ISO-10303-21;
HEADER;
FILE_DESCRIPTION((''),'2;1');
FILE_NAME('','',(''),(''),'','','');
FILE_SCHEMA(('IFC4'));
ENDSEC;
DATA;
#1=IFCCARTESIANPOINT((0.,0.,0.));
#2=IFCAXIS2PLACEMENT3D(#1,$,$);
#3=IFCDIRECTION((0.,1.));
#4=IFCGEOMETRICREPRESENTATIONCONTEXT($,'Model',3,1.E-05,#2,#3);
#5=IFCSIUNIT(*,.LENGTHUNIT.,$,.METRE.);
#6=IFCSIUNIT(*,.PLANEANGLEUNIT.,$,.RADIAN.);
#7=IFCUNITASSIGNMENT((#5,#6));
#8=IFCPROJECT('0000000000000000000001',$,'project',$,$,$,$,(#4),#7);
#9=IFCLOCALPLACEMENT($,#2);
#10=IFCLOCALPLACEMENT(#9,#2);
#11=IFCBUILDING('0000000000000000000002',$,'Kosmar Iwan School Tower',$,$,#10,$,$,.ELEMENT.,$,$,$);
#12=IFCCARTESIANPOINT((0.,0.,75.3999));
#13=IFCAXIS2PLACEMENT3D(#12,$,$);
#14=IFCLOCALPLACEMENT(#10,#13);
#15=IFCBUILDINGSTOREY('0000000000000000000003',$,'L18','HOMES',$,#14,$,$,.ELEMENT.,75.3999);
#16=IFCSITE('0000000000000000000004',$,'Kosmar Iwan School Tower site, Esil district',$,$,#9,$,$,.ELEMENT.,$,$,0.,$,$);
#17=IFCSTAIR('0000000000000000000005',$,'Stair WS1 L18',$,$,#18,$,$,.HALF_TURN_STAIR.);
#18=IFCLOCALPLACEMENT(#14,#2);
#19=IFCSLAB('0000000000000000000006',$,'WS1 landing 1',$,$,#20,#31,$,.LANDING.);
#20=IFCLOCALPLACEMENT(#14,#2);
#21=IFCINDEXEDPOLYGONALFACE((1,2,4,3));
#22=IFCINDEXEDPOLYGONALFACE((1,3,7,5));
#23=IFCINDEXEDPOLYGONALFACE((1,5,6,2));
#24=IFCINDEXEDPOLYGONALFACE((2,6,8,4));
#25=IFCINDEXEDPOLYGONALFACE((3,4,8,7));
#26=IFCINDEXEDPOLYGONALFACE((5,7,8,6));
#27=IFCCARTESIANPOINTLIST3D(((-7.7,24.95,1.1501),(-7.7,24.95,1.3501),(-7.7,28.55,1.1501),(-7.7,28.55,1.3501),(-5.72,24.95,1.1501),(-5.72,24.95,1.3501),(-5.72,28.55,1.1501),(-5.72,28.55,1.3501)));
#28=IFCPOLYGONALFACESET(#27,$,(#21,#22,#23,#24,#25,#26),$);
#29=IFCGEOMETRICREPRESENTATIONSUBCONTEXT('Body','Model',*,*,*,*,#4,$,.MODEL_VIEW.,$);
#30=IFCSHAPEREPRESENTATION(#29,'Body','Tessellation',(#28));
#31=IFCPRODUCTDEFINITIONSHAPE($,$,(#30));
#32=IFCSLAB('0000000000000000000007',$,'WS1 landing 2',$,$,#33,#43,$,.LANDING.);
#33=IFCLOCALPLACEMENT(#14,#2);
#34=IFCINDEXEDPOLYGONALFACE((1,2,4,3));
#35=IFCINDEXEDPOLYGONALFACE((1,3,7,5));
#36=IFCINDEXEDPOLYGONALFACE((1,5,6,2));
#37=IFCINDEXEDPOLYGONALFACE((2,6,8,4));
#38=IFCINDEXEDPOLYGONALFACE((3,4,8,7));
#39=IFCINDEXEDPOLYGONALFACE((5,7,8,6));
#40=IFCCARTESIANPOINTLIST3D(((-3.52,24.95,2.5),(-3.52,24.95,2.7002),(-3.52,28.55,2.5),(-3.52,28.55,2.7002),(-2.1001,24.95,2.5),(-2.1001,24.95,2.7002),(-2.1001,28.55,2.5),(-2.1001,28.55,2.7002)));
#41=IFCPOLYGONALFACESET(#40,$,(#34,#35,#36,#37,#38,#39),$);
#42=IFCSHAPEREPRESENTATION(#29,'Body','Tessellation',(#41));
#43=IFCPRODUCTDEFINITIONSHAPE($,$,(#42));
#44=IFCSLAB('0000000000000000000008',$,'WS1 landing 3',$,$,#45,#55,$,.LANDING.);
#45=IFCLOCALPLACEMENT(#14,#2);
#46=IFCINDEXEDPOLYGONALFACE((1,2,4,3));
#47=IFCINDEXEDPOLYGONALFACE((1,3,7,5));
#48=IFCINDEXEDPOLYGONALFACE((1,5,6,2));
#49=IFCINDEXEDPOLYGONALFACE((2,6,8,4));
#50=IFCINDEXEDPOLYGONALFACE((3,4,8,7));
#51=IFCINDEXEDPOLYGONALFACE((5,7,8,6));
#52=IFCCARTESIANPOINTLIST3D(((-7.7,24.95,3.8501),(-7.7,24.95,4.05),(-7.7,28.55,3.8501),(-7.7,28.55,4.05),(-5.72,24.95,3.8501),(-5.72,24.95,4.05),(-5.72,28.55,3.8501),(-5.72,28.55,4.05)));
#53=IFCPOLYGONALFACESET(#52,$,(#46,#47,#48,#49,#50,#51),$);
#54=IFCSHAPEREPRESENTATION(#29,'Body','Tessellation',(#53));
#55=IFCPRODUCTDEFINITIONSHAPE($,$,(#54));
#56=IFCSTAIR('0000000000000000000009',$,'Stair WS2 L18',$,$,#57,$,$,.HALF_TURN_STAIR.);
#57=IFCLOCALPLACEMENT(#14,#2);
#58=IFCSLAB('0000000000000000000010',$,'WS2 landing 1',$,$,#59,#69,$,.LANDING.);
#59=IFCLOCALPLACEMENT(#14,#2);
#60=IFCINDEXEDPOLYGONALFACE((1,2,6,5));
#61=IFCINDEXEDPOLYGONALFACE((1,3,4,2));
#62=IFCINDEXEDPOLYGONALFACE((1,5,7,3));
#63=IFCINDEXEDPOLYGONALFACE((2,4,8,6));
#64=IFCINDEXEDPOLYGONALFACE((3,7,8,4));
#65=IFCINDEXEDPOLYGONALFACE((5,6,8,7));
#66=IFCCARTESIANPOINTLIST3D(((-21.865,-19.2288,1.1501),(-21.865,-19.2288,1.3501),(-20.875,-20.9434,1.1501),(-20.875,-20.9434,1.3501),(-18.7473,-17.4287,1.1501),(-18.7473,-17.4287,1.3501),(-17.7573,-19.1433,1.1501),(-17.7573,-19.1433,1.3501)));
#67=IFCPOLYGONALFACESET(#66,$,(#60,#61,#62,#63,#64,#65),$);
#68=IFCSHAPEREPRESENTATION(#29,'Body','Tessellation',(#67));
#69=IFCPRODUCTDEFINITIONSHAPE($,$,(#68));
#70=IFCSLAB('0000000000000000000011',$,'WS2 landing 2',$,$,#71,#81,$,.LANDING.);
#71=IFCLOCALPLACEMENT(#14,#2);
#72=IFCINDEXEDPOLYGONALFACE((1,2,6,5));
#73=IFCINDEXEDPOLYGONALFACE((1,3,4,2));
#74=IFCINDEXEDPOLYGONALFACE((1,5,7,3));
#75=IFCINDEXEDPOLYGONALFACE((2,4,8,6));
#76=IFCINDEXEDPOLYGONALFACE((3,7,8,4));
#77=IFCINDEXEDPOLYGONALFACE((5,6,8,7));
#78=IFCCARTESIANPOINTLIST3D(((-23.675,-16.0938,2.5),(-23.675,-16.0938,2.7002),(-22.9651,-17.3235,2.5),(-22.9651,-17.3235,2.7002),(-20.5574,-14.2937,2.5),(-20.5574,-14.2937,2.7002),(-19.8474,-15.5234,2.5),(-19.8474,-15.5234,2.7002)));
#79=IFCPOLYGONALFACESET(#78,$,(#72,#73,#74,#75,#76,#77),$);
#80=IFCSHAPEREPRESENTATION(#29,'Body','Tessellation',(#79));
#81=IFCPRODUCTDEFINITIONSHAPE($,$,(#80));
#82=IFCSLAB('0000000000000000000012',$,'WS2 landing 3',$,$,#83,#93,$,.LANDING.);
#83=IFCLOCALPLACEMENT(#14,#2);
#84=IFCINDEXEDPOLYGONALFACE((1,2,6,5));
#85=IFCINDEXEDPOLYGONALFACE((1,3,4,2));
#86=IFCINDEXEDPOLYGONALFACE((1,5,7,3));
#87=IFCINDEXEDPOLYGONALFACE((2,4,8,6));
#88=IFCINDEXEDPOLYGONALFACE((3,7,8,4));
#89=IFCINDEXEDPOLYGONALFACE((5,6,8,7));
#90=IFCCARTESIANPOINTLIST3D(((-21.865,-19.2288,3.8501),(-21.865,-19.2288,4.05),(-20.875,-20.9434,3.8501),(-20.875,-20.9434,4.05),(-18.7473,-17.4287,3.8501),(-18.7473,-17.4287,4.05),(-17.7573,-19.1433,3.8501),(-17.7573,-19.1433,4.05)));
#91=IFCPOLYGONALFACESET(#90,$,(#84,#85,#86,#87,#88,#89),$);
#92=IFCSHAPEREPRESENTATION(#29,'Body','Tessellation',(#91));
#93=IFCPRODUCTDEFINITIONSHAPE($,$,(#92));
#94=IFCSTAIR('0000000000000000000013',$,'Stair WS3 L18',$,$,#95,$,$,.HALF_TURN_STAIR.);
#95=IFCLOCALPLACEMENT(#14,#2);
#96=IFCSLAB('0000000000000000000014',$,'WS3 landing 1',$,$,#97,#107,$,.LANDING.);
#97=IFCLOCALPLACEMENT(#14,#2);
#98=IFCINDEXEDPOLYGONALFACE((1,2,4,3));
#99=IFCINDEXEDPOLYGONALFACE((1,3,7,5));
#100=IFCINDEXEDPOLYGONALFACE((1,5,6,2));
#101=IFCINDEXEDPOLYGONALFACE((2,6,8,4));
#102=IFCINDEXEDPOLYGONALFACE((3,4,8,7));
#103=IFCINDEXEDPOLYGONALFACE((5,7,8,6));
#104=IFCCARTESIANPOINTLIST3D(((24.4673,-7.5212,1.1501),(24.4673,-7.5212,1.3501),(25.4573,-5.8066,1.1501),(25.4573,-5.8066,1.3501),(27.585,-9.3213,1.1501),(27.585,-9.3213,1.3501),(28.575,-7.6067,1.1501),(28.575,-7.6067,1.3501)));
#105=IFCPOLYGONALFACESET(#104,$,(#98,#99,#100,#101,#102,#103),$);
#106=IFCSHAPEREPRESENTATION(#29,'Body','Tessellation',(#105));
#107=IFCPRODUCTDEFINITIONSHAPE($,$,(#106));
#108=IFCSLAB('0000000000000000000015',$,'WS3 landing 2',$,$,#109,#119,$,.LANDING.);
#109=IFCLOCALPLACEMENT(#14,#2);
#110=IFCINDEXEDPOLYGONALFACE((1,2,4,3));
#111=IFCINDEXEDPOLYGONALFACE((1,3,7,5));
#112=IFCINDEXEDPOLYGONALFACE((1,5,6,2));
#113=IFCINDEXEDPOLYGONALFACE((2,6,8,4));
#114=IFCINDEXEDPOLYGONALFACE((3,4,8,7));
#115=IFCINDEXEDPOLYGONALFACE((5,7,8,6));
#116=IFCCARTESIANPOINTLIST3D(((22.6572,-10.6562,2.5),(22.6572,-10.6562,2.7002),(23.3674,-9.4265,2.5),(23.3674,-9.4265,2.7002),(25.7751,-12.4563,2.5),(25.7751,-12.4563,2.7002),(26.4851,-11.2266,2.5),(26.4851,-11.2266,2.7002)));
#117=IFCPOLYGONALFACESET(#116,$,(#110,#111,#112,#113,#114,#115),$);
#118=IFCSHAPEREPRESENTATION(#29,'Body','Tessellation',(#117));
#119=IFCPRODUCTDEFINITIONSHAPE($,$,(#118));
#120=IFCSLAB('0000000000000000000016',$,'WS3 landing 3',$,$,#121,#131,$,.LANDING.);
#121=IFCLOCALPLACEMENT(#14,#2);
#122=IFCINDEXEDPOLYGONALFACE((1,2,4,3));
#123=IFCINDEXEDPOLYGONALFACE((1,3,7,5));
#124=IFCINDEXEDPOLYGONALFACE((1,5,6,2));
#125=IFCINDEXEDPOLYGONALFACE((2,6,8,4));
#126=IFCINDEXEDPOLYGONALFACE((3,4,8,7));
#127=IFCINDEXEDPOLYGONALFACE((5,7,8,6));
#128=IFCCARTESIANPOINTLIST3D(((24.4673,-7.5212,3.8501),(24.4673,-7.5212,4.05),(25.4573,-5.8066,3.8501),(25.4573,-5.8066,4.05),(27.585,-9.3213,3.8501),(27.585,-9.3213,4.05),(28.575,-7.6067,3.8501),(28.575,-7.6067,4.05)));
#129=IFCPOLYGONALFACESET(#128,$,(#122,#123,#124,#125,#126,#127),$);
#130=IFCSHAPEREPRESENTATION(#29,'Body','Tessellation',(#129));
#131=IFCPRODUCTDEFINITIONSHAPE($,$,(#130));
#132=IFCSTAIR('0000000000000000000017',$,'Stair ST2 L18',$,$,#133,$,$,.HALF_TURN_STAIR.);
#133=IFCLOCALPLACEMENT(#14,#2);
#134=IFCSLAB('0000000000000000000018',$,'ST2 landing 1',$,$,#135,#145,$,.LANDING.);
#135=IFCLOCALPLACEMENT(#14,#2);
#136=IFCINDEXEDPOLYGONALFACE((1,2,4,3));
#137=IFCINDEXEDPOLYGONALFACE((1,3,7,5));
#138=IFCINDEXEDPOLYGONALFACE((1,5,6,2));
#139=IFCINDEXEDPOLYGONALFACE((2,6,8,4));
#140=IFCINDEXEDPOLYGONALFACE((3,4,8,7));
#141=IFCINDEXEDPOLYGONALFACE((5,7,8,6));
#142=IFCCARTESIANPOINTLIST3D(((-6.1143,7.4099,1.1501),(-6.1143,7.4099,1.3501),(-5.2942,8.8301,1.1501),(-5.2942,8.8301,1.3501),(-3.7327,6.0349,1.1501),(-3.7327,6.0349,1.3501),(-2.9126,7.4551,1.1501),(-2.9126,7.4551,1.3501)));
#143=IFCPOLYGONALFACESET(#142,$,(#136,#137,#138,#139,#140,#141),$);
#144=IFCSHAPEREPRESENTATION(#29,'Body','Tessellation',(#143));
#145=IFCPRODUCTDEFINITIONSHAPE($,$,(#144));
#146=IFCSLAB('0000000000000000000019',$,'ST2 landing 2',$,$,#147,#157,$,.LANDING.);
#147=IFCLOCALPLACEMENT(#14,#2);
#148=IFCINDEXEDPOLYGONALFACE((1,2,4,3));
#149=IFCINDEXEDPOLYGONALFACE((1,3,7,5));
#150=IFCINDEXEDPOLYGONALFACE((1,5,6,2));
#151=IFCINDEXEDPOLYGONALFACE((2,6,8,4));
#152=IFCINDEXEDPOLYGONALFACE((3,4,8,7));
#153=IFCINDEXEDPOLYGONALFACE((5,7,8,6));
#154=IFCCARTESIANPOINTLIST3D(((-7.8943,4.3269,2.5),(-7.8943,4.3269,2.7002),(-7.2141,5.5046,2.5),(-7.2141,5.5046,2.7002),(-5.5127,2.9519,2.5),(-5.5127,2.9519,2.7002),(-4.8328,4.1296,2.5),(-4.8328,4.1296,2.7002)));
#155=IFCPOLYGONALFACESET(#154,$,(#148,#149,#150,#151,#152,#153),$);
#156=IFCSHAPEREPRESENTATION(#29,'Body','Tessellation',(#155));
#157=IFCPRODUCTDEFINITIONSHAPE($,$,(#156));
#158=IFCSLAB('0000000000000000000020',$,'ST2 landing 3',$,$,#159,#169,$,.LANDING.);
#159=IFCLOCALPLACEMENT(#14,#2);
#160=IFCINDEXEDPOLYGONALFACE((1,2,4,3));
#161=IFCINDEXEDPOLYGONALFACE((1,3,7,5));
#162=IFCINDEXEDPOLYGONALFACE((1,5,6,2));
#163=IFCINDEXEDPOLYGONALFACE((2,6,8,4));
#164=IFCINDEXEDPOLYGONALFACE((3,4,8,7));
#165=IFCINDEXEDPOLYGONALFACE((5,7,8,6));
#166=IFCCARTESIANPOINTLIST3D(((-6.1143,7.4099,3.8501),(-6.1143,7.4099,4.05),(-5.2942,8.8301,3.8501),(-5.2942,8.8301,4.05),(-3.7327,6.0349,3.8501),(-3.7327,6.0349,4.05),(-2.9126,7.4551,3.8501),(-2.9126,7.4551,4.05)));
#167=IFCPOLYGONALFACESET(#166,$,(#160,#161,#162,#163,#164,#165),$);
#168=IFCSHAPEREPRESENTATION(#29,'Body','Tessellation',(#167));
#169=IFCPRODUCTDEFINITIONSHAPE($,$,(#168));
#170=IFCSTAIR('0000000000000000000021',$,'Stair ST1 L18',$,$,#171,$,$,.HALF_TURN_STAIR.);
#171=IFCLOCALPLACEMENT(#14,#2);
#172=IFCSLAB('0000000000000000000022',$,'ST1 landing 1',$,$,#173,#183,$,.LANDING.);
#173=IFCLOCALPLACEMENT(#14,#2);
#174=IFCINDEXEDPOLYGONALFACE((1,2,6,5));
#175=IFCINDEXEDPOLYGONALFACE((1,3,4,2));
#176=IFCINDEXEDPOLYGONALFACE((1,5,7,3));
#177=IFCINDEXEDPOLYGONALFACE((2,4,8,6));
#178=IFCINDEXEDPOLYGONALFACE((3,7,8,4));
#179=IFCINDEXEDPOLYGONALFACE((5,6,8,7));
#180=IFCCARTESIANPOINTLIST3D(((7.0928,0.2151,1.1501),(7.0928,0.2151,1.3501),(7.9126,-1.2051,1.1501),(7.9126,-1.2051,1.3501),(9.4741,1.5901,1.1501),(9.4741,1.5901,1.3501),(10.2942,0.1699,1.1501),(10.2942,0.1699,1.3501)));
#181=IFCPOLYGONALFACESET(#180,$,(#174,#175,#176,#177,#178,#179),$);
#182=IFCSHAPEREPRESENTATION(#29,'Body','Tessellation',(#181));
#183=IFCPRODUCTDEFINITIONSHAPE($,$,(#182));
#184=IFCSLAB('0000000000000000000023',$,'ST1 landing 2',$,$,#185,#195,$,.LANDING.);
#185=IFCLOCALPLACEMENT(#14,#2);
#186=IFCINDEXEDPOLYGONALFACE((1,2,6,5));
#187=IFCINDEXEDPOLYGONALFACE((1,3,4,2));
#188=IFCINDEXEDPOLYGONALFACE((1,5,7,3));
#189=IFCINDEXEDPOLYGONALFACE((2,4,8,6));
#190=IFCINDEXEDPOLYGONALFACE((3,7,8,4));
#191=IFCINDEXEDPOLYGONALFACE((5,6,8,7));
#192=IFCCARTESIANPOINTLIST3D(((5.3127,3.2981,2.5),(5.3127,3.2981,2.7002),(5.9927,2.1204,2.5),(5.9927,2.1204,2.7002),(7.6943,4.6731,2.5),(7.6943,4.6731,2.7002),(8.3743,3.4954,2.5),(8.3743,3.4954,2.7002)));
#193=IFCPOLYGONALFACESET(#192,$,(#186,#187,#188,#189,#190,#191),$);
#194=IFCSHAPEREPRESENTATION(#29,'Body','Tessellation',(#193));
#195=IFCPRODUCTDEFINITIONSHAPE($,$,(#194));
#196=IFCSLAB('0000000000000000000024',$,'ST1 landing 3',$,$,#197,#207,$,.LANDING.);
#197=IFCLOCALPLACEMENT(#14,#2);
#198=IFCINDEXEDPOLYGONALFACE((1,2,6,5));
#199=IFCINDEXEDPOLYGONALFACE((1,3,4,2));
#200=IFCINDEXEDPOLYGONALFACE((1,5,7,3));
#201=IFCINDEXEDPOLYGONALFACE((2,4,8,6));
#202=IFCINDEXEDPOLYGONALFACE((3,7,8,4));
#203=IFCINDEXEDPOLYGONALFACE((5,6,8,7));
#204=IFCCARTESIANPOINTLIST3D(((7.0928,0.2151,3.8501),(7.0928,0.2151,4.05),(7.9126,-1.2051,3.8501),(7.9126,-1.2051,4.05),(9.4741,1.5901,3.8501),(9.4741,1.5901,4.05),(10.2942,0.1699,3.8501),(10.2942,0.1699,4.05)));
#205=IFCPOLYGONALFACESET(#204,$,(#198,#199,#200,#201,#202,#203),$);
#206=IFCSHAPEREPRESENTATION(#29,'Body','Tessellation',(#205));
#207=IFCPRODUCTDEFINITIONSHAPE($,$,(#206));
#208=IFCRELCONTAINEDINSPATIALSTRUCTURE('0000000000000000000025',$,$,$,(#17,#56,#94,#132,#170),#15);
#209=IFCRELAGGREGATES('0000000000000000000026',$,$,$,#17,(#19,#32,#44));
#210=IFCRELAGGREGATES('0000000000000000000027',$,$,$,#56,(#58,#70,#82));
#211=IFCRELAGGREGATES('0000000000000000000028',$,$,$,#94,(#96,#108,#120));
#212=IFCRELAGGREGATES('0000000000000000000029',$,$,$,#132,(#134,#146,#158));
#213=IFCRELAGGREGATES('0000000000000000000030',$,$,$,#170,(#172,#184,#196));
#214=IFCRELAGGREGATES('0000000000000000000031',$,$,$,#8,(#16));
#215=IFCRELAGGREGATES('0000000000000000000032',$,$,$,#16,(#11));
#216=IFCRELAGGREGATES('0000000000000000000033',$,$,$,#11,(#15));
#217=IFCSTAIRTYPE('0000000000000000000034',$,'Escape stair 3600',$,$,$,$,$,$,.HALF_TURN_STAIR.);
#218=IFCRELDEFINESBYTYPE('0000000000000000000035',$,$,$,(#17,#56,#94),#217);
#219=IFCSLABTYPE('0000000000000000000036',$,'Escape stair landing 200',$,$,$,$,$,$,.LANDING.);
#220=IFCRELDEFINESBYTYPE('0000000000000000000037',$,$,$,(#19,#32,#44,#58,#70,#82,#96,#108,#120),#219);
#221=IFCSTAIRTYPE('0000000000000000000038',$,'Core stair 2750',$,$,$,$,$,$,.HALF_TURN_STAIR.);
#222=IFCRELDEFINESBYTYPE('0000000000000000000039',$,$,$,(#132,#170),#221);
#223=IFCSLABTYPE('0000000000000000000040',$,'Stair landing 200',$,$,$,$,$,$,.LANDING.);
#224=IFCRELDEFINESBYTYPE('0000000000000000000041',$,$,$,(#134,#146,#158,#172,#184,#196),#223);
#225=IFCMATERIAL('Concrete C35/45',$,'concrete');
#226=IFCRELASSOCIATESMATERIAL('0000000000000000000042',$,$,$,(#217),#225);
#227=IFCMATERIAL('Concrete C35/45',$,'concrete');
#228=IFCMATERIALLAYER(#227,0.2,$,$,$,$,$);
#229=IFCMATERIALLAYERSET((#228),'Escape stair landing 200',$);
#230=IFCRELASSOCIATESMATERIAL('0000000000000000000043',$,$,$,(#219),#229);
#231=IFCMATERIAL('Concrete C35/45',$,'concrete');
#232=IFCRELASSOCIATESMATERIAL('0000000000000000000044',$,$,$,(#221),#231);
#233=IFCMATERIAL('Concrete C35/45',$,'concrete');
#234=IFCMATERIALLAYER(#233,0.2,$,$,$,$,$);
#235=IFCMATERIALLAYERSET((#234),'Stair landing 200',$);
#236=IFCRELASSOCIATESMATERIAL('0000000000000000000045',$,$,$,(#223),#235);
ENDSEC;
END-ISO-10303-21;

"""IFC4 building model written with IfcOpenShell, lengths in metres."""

from ifc_helpers import new_model, si_unit, direction, frame, origin, place, context, subcontext, project, spatial, polyline, outline, extrude, material, layer, layer_set, type_object, element, aggregate, save


model = new_model("IFC4")

# Units and contexts
model_context = context("Model", 3, precision=1e-05, world=origin(), true_north=direction((0.0, 1.0)))
body_context = subcontext(model_context, "Body", "Model", "MODEL_VIEW")
ifc_project = project(units=[si_unit("LENGTHUNIT", "METRE"), si_unit("PLANEANGLEUNIT", "RADIAN")], contexts=[model_context])

# Site, building, storey
site_placement = place(None, origin())
site = spatial("IfcSite", under=ifc_project, at=site_placement, Name="Kosmar Iwan School Tower site, Esil district", CompositionType="ELEMENT", RefElevation=0.0)
building_placement = place(site_placement, origin())
building = spatial("IfcBuilding", under=site, at=building_placement, Name="Kosmar Iwan School Tower", CompositionType="ELEMENT")
storey_placement = place(building_placement, frame((0.0, 0.0, 75.3999)))
storey = spatial("IfcBuildingStorey", under=building, at=storey_placement, Name="L18", Description="HOMES", CompositionType="ELEMENT", Elevation=75.3999)

# Stairs, slabs
ifc_material_1 = material(Name="Concrete C35/45", Category="concrete")
stair_type_1 = type_object("IfcStairType", Name="Escape stair 3600", PredefinedType="HALF_TURN_STAIR", material=ifc_material_1)
stair_1_placement = place(storey_placement, origin())
stair_1 = element("IfcStair", 1, at=stair_1_placement, inside=storey, type_object=stair_type_1, Name="Stair WS1 L18", PredefinedType="HALF_TURN_STAIR")
ifc_material_2 = material(Name="Concrete C35/45", Category="concrete")
ifc_layer_1 = layer(ifc_material_2, 0.2)
ifc_layer_set_1 = layer_set([ifc_layer_1], Name="Escape stair landing 200")
slab_type_1 = type_object("IfcSlabType", Name="Escape stair landing 200", PredefinedType="LANDING", material=ifc_layer_set_1)
slab_1_placement = place(storey_placement, frame((0.0, 0.0, 1.1501)))
slab_1 = element("IfcSlab", 2, at=slab_1_placement, type_object=slab_type_1, Name="WS1 landing 1", PredefinedType="LANDING", context=body_context, shape_type="SweptSolid", body=[
    extrude(outline(polyline([(-5.72, 24.95), (-5.72, 28.55), (-7.7, 28.55), (-7.7, 24.95), (-5.72, 24.95)])), origin(), (0.0, 0.0, 1.0), 0.2),
])
slab_2_placement = place(storey_placement, frame((0.0, 0.0, 2.5)))
slab_2 = element("IfcSlab", 3, at=slab_2_placement, type_object=slab_type_1, Name="WS1 landing 2", PredefinedType="LANDING", context=body_context, shape_type="SweptSolid", body=[
    extrude(outline(polyline([(-2.1001, 24.95), (-2.1001, 28.55), (-3.52, 28.55), (-3.52, 24.95), (-2.1001, 24.95)])), origin(), (0.0, 0.0, 1.0), 0.2002),
])
slab_3_placement = place(storey_placement, frame((0.0, 0.0, 3.8501)))
slab_3 = element("IfcSlab", 4, at=slab_3_placement, type_object=slab_type_1, Name="WS1 landing 3", PredefinedType="LANDING", context=body_context, shape_type="SweptSolid", body=[
    extrude(outline(polyline([(-5.72, 24.95), (-5.72, 28.55), (-7.7, 28.55), (-7.7, 24.95), (-5.72, 24.95)])), origin(), (0.0, 0.0, 1.0), 0.2),
])
aggregate(stair_1, [slab_1, slab_2, slab_3])
stair_2_placement = place(storey_placement, origin())
stair_2 = element("IfcStair", 5, at=stair_2_placement, inside=storey, type_object=stair_type_1, Name="Stair WS2 L18", PredefinedType="HALF_TURN_STAIR")
slab_4_placement = place(storey_placement, frame((0.0, 0.0, 1.1501)))
slab_4 = element("IfcSlab", 6, at=slab_4_placement, type_object=slab_type_1, Name="WS2 landing 1", PredefinedType="LANDING", context=body_context, shape_type="SweptSolid", body=[
    extrude(outline(polyline([(-18.7473, -17.4287), (-21.865, -19.2288), (-20.875, -20.9434), (-17.7573, -19.1433), (-18.7473, -17.4287)])), origin(), (0.0, 0.0, 1.0), 0.2),
])
slab_5_placement = place(storey_placement, frame((0.0, 0.0, 2.5)))
slab_5 = element("IfcSlab", 7, at=slab_5_placement, type_object=slab_type_1, Name="WS2 landing 2", PredefinedType="LANDING", context=body_context, shape_type="SweptSolid", body=[
    extrude(outline(polyline([(-20.5574, -14.2937), (-23.675, -16.0938), (-22.9651, -17.3235), (-19.8474, -15.5234), (-20.5574, -14.2937)])), origin(), (0.0, 0.0, 1.0), 0.2002),
])
slab_6_placement = place(storey_placement, frame((0.0, 0.0, 3.8501)))
slab_6 = element("IfcSlab", 8, at=slab_6_placement, type_object=slab_type_1, Name="WS2 landing 3", PredefinedType="LANDING", context=body_context, shape_type="SweptSolid", body=[
    extrude(outline(polyline([(-18.7473, -17.4287), (-21.865, -19.2288), (-20.875, -20.9434), (-17.7573, -19.1433), (-18.7473, -17.4287)])), origin(), (0.0, 0.0, 1.0), 0.2),
])
aggregate(stair_2, [slab_4, slab_5, slab_6])
stair_3_placement = place(storey_placement, origin())
stair_3 = element("IfcStair", 9, at=stair_3_placement, inside=storey, type_object=stair_type_1, Name="Stair WS3 L18", PredefinedType="HALF_TURN_STAIR")
slab_7_placement = place(storey_placement, frame((0.0, 0.0, 1.1501)))
slab_7 = element("IfcSlab", 10, at=slab_7_placement, type_object=slab_type_1, Name="WS3 landing 1", PredefinedType="LANDING", context=body_context, shape_type="SweptSolid", body=[
    extrude(outline(polyline([(24.4673, -7.5212), (27.585, -9.3213), (28.575, -7.6067), (25.4573, -5.8066), (24.4673, -7.5212)])), origin(), (0.0, 0.0, 1.0), 0.2),
])
slab_8_placement = place(storey_placement, frame((0.0, 0.0, 2.5)))
slab_8 = element("IfcSlab", 11, at=slab_8_placement, type_object=slab_type_1, Name="WS3 landing 2", PredefinedType="LANDING", context=body_context, shape_type="SweptSolid", body=[
    extrude(outline(polyline([(22.6572, -10.6562), (25.7751, -12.4563), (26.4851, -11.2266), (23.3674, -9.4265), (22.6572, -10.6562)])), origin(), (0.0, 0.0, 1.0), 0.2002),
])
slab_9_placement = place(storey_placement, frame((0.0, 0.0, 3.8501)))
slab_9 = element("IfcSlab", 12, at=slab_9_placement, type_object=slab_type_1, Name="WS3 landing 3", PredefinedType="LANDING", context=body_context, shape_type="SweptSolid", body=[
    extrude(outline(polyline([(24.4673, -7.5212), (27.585, -9.3213), (28.575, -7.6067), (25.4573, -5.8066), (24.4673, -7.5212)])), origin(), (0.0, 0.0, 1.0), 0.2),
])
aggregate(stair_3, [slab_7, slab_8, slab_9])
ifc_material_3 = material(Name="Concrete C35/45", Category="concrete")
stair_type_2 = type_object("IfcStairType", Name="Core stair 2750", PredefinedType="HALF_TURN_STAIR", material=ifc_material_3)
stair_4_placement = place(storey_placement, origin())
stair_4 = element("IfcStair", 13, at=stair_4_placement, inside=storey, type_object=stair_type_2, Name="Stair ST2 L18", PredefinedType="HALF_TURN_STAIR")
ifc_material_4 = material(Name="Concrete C35/45", Category="concrete")
ifc_layer_2 = layer(ifc_material_4, 0.2)
ifc_layer_set_2 = layer_set([ifc_layer_2], Name="Stair landing 200")
slab_type_2 = type_object("IfcSlabType", Name="Stair landing 200", PredefinedType="LANDING", material=ifc_layer_set_2)
slab_10_placement = place(storey_placement, frame((0.0, 0.0, 1.1501)))
slab_10 = element("IfcSlab", 14, at=slab_10_placement, type_object=slab_type_2, Name="ST2 landing 1", PredefinedType="LANDING", context=body_context, shape_type="SweptSolid", body=[
    extrude(outline(polyline([(-2.9126, 7.4551), (-5.2942, 8.8301), (-6.1143, 7.4099), (-3.7327, 6.0349), (-2.9126, 7.4551)])), origin(), (0.0, 0.0, 1.0), 0.2),
])
slab_11_placement = place(storey_placement, frame((0.0, 0.0, 2.5)))
slab_11 = element("IfcSlab", 15, at=slab_11_placement, type_object=slab_type_2, Name="ST2 landing 2", PredefinedType="LANDING", context=body_context, shape_type="SweptSolid", body=[
    extrude(outline(polyline([(-4.8328, 4.1296), (-7.2141, 5.5046), (-7.8943, 4.3269), (-5.5127, 2.9519), (-4.8328, 4.1296)])), origin(), (0.0, 0.0, 1.0), 0.2002),
])
slab_12_placement = place(storey_placement, frame((0.0, 0.0, 3.8501)))
slab_12 = element("IfcSlab", 16, at=slab_12_placement, type_object=slab_type_2, Name="ST2 landing 3", PredefinedType="LANDING", context=body_context, shape_type="SweptSolid", body=[
    extrude(outline(polyline([(-2.9126, 7.4551), (-5.2942, 8.8301), (-6.1143, 7.4099), (-3.7327, 6.0349), (-2.9126, 7.4551)])), origin(), (0.0, 0.0, 1.0), 0.2),
])
aggregate(stair_4, [slab_10, slab_11, slab_12])
stair_5_placement = place(storey_placement, origin())
stair_5 = element("IfcStair", 17, at=stair_5_placement, inside=storey, type_object=stair_type_2, Name="Stair ST1 L18", PredefinedType="HALF_TURN_STAIR")
slab_13_placement = place(storey_placement, frame((0.0, 0.0, 1.1501)))
slab_13 = element("IfcSlab", 18, at=slab_13_placement, type_object=slab_type_2, Name="ST1 landing 1", PredefinedType="LANDING", context=body_context, shape_type="SweptSolid", body=[
    extrude(outline(polyline([(7.9126, -1.2051), (10.2942, 0.1699), (9.4741, 1.5901), (7.0928, 0.2151), (7.9126, -1.2051)])), origin(), (0.0, 0.0, 1.0), 0.2),
])
slab_14_placement = place(storey_placement, frame((0.0, 0.0, 2.5)))
slab_14 = element("IfcSlab", 19, at=slab_14_placement, type_object=slab_type_2, Name="ST1 landing 2", PredefinedType="LANDING", context=body_context, shape_type="SweptSolid", body=[
    extrude(outline(polyline([(5.9927, 2.1204), (8.3743, 3.4954), (7.6943, 4.6731), (5.3127, 3.2981), (5.9927, 2.1204)])), origin(), (0.0, 0.0, 1.0), 0.2002),
])
slab_15_placement = place(storey_placement, frame((0.0, 0.0, 3.8501)))
slab_15 = element("IfcSlab", 20, at=slab_15_placement, type_object=slab_type_2, Name="ST1 landing 3", PredefinedType="LANDING", context=body_context, shape_type="SweptSolid", body=[
    extrude(outline(polyline([(7.9126, -1.2051), (10.2942, 0.1699), (9.4741, 1.5901), (7.0928, 0.2151), (7.9126, -1.2051)])), origin(), (0.0, 0.0, 1.0), 0.2),
])
aggregate(stair_5, [slab_13, slab_14, slab_15])

save(model, "model.ifc")
